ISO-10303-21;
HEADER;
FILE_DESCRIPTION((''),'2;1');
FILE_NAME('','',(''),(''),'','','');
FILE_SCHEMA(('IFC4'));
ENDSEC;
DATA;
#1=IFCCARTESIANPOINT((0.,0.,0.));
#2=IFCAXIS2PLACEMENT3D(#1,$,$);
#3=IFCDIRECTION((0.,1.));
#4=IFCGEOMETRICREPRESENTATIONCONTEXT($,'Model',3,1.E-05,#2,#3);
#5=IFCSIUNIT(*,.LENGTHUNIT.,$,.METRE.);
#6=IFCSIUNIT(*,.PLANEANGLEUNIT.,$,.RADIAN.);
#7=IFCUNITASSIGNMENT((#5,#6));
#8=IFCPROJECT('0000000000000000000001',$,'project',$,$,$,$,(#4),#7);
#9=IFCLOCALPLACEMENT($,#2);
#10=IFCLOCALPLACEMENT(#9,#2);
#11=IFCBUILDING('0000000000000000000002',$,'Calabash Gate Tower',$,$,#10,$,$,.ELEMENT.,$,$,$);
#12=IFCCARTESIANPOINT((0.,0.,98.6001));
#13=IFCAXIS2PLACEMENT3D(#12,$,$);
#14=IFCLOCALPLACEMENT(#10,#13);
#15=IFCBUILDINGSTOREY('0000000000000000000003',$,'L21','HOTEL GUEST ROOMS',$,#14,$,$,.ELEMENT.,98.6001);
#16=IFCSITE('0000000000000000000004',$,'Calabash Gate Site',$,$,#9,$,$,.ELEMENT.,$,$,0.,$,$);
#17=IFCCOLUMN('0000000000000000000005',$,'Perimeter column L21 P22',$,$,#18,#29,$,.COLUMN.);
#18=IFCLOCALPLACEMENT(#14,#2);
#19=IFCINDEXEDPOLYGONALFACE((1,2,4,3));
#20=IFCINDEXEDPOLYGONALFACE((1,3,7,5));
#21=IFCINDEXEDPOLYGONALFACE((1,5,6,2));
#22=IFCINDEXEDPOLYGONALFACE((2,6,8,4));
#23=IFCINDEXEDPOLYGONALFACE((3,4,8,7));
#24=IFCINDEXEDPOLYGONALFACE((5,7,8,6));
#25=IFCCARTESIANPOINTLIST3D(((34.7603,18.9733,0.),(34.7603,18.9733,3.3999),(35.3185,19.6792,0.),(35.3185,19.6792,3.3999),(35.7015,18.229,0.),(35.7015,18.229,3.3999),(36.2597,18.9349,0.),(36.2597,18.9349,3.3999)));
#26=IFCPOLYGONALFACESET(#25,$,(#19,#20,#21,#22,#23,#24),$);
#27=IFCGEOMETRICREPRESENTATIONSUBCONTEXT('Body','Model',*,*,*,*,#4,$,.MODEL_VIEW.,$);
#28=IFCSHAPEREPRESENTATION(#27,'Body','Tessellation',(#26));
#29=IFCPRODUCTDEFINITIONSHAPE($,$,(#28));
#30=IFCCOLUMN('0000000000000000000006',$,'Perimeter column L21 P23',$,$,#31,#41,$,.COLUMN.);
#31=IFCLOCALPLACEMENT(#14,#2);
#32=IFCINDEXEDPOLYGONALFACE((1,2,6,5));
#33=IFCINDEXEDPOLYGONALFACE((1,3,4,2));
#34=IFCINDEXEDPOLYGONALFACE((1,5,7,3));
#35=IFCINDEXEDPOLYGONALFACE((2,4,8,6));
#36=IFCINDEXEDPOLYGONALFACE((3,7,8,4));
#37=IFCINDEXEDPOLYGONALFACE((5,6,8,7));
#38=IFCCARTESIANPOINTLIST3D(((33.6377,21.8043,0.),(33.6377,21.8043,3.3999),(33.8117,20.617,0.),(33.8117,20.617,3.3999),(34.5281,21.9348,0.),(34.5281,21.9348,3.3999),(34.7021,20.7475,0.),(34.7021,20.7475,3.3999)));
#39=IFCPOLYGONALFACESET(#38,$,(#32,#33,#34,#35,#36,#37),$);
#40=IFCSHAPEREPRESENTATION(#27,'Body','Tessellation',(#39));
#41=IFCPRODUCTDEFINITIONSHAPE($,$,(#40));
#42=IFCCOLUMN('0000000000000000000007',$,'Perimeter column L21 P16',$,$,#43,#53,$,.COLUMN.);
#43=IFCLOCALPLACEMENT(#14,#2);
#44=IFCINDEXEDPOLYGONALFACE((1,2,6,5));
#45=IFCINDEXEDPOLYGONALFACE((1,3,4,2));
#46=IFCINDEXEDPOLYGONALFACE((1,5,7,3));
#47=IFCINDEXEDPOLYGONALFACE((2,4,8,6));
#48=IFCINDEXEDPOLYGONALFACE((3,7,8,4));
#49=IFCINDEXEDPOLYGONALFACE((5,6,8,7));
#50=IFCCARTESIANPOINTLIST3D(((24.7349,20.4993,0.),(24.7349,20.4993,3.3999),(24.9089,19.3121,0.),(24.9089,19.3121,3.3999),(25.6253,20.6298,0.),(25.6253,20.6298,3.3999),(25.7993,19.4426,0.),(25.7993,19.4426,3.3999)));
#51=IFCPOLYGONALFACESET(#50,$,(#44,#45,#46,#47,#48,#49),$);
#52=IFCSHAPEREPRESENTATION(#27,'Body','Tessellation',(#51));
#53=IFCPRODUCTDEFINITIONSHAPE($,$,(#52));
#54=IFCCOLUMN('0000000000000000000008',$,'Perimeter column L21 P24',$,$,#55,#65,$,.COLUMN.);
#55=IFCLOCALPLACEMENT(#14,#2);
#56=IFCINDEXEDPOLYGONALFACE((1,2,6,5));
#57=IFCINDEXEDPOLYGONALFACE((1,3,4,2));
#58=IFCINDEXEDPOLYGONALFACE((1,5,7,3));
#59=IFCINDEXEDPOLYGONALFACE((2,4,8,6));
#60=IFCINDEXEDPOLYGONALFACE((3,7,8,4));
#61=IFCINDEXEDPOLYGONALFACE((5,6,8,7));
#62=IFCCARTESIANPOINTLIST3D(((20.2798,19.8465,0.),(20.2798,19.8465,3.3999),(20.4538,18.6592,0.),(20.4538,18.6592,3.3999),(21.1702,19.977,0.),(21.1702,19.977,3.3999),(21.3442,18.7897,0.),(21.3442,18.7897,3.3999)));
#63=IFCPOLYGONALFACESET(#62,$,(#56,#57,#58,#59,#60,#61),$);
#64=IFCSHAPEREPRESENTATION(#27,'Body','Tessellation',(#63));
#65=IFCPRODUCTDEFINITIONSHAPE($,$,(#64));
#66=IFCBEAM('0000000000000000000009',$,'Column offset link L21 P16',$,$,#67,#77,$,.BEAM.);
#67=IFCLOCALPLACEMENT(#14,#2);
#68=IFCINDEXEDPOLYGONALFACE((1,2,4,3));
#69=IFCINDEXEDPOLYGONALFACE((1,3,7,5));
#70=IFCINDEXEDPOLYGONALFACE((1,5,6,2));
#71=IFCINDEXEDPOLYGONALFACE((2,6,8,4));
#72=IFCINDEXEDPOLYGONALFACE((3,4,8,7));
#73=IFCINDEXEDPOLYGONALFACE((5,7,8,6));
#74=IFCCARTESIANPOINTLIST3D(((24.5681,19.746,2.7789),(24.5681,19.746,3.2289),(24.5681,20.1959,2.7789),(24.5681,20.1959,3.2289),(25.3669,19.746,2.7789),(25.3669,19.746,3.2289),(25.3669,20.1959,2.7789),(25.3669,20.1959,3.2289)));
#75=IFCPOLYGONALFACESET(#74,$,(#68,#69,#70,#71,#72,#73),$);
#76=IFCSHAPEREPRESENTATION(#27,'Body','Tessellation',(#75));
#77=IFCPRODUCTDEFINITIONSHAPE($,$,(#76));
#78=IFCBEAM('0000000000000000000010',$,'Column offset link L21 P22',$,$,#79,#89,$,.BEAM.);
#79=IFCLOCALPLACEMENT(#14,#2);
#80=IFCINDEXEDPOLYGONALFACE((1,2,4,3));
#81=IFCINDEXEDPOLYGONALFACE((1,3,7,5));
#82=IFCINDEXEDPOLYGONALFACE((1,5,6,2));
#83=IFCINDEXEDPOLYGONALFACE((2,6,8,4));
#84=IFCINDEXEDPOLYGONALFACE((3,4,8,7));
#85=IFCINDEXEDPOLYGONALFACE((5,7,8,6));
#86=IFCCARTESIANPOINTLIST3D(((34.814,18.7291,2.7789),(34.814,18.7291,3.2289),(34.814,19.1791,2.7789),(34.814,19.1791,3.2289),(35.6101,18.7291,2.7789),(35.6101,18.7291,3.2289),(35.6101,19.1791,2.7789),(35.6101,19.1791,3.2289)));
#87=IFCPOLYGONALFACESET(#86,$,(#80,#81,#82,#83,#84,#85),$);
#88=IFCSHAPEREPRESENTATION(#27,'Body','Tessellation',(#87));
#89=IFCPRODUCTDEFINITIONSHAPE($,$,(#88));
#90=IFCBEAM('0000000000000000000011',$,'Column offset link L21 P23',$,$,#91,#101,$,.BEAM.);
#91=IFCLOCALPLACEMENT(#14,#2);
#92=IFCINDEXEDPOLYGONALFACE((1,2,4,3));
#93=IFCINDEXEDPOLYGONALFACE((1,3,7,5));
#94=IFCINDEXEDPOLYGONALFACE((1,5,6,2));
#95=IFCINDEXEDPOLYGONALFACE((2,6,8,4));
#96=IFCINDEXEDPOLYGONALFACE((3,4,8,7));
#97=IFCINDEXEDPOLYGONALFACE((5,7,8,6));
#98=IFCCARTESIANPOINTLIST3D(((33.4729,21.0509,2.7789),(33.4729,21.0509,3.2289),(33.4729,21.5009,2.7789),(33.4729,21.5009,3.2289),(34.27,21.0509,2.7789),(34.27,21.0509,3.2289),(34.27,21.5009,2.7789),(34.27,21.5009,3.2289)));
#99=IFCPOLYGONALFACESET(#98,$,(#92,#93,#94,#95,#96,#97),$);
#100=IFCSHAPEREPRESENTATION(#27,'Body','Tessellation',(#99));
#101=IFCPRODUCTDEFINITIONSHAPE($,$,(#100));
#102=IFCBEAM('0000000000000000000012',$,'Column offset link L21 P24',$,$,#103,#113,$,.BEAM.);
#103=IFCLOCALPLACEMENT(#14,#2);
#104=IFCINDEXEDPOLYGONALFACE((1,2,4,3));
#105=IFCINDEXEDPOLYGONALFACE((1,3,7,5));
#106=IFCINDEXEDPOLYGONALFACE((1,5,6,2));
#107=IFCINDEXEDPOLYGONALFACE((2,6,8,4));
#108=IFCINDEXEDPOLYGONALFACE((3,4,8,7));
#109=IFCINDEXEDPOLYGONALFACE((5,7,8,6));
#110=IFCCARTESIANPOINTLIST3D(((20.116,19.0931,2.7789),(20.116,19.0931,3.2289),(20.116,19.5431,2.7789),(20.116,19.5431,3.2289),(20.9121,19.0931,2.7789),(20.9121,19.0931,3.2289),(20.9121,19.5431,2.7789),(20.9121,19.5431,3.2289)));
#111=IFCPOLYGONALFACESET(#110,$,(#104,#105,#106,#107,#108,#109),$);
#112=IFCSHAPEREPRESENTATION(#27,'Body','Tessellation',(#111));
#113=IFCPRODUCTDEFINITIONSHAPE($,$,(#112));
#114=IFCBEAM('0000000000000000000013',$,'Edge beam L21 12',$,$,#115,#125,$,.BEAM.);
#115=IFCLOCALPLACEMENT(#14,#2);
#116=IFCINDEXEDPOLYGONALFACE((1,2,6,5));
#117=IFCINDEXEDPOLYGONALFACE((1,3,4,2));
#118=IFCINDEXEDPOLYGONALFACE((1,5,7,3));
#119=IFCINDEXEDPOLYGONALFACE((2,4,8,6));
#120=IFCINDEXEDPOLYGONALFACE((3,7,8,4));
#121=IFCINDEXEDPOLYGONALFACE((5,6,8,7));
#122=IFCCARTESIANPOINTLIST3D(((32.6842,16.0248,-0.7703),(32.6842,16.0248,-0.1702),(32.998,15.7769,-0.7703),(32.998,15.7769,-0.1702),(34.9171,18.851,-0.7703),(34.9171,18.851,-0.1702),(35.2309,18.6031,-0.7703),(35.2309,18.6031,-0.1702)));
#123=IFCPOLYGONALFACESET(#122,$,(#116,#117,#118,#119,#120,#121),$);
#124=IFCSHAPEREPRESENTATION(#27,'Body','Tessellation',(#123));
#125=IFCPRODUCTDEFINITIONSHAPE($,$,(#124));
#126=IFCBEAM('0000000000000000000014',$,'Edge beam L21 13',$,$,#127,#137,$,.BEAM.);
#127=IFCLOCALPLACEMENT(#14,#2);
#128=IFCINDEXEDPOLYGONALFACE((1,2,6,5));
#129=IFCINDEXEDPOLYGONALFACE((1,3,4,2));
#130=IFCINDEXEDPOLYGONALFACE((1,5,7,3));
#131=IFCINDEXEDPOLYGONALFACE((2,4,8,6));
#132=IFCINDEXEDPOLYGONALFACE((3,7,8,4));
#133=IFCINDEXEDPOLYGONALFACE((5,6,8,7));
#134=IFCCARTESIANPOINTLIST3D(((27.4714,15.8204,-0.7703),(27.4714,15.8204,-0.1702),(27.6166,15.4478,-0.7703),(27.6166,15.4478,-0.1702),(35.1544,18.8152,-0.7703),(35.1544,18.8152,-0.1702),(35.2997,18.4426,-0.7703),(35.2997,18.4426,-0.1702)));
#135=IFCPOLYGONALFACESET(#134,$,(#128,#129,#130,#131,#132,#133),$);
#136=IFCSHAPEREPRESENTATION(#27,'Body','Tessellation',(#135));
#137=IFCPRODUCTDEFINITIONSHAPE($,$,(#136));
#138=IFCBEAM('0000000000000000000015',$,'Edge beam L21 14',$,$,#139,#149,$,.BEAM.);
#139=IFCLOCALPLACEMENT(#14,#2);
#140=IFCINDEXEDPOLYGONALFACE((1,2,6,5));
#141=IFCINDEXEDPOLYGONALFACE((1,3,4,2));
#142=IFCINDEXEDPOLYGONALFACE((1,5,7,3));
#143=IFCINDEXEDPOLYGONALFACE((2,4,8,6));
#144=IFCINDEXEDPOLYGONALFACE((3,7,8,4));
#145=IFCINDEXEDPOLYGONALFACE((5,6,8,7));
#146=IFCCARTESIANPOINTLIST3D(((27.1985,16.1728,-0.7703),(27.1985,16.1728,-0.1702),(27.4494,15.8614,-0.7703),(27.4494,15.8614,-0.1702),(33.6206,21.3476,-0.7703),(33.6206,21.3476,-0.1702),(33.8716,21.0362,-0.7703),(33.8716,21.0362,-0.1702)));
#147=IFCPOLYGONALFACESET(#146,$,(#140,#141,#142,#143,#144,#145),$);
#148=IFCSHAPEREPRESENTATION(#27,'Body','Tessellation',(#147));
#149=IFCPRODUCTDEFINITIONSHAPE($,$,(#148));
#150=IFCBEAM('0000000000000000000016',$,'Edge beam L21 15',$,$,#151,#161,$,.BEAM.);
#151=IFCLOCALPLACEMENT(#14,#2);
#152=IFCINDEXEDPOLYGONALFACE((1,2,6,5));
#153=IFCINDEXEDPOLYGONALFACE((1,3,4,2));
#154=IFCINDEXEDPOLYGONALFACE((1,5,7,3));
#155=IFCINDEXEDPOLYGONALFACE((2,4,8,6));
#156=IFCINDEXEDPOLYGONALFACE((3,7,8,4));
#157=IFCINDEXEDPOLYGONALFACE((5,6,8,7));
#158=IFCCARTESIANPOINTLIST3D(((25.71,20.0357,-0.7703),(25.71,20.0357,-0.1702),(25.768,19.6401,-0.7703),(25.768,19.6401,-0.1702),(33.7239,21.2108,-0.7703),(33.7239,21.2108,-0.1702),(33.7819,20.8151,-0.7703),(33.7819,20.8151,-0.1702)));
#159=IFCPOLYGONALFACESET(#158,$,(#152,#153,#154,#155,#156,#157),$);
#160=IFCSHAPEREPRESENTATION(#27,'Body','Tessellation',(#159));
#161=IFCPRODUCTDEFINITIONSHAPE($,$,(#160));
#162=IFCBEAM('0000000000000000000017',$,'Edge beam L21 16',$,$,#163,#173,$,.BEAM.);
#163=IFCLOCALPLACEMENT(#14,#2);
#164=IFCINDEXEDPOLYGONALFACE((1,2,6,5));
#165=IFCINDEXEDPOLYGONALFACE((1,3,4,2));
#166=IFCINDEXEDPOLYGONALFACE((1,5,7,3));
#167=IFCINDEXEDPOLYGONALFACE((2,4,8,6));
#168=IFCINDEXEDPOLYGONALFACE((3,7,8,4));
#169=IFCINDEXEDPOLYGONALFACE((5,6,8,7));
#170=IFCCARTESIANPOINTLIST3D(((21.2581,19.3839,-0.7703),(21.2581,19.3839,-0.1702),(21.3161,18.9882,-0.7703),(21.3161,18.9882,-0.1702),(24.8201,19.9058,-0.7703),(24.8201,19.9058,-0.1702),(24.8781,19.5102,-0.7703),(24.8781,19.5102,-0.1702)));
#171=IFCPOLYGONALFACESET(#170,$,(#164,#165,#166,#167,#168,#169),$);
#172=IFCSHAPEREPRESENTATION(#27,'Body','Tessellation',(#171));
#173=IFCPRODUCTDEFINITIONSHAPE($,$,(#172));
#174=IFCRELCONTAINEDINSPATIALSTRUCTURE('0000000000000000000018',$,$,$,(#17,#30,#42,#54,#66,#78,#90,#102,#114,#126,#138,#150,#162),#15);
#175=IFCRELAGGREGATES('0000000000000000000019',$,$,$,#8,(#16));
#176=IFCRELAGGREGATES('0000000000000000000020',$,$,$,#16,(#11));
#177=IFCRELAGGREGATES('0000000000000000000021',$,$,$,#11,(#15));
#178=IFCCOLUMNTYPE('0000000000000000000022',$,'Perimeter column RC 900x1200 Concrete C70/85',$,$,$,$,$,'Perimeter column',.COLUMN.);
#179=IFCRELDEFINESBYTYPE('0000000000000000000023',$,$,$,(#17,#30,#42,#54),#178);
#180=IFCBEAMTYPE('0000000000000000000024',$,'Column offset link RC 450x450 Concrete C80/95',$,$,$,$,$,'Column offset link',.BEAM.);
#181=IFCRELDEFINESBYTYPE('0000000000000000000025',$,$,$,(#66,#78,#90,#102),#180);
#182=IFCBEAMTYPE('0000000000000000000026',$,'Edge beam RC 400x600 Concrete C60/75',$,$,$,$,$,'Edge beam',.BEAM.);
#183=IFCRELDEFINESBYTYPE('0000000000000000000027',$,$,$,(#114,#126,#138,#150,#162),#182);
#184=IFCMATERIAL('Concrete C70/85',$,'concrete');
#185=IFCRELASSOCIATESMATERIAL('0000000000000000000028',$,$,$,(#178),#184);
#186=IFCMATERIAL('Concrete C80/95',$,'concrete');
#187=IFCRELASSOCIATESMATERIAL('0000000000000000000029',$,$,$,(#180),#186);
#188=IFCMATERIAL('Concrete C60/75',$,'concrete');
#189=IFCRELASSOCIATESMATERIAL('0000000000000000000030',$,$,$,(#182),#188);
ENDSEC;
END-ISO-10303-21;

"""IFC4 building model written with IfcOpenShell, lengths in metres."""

from ifc_helpers import new_model, si_unit, direction, frame, origin, origin_2d, place, context, subcontext, project, spatial, rectangle, extrude, material, material_profile, profile_set, type_object, element, save


model = new_model("IFC4")

# Units and contexts
model_context = context("Model", 3, precision=1e-05, world=origin(), true_north=direction((0.0, 1.0)))
body_context = subcontext(model_context, "Body", "Model", "MODEL_VIEW")
ifc_project = project(units=[si_unit("LENGTHUNIT", "METRE"), si_unit("PLANEANGLEUNIT", "RADIAN")], contexts=[model_context])

# Site, building, storey
site_placement = place(None, origin())
site = spatial("IfcSite", under=ifc_project, at=site_placement, Name="Calabash Gate Site", CompositionType="ELEMENT", RefElevation=0.0)
building_placement = place(site_placement, origin())
building = spatial("IfcBuilding", under=site, at=building_placement, Name="Calabash Gate Tower", CompositionType="ELEMENT")
storey_placement = place(building_placement, frame((0.0, 0.0, 98.6001)))
storey = spatial("IfcBuildingStorey", under=building, at=storey_placement, Name="L21", Description="HOTEL GUEST ROOMS", CompositionType="ELEMENT", Elevation=98.6001)

# Columns
ifc_material_1 = material(Name="Concrete C70/85", Category="concrete")
ifc_material_profile_1 = material_profile(ifc_material_1, rectangle(XDim=0.8999, YDim=1.2, at=origin_2d()))
ifc_profile_set_1 = profile_set([ifc_material_profile_1], Name="Concrete C70/85")
column_type = type_object("IfcColumnType", Name="Perimeter column RC 900x1200 Concrete C70/85", ElementType="Perimeter column", PredefinedType="COLUMN", material=ifc_profile_set_1)
for number, where, z_axis, x_axis, name in (
    (1, (35.51, 18.9541, 0.0), (0.0, 0.0, 1.0), (0.620301, 0.784364, 0.0), "Perimeter column L21 P22"),
    (2, (34.1699, 21.2759, 0.0), (0.0, 0.0, 1.0), (-0.98943, -0.145015, 0.0), "Perimeter column L21 P23"),
    (3, (25.2671, 19.9709, 0.0), (0.0, 0.0, 1.0), (-0.98943, -0.145015, 0.0), "Perimeter column L21 P16"),
    (4, (20.812, 19.3181, 0.0), (0.0, 0.0, 1.0), (-0.98943, -0.145015, 0.0), "Perimeter column L21 P24"),
):
    element("IfcColumn", number, at=place(storey_placement, frame(where, z_axis=z_axis, x_axis=x_axis)), inside=storey, type_object=column_type, Name=name, PredefinedType="COLUMN", context=body_context, shape_type="SweptSolid", body=[
        extrude(rectangle(XDim=0.8999, YDim=1.2, at=origin_2d()), origin(), (0.0, 0.0, 1.0), 3.3999),
    ])

# Beams
ifc_material_2 = material(Name="Concrete C80/95", Category="concrete")
ifc_material_profile_2 = material_profile(ifc_material_2, rectangle(XDim=0.45, YDim=0.45, at=origin_2d()))
ifc_profile_set_2 = profile_set([ifc_material_profile_2], Name="Concrete C80/95")
beam_type_1 = type_object("IfcBeamType", Name="Column offset link RC 450x450 Concrete C80/95", ElementType="Column offset link", PredefinedType="BEAM", material=ifc_profile_set_2)
beam_1_placement = place(storey_placement, frame((25.3669, 19.9709, 3.0039), z_axis=(-1.0, 0.0, 0.0), x_axis=(0.0, -1.0, 0.0)))
element("IfcBeam", 5, at=beam_1_placement, inside=storey, type_object=beam_type_1, Name="Column offset link L21 P16", PredefinedType="BEAM", context=body_context, shape_type="SweptSolid", body=[
    extrude(rectangle(XDim=0.45, YDim=0.45, at=origin_2d()), origin(), (0.0, 0.0, 1.0), 0.7988),
])
beam_2_placement = place(storey_placement, frame((35.6101, 18.9541, 3.0039), z_axis=(-1.0, 0.0, 0.0), x_axis=(0.0, -1.0, 0.0)))
element("IfcBeam", 6, at=beam_2_placement, inside=storey, type_object=beam_type_1, Name="Column offset link L21 P22", PredefinedType="BEAM", context=body_context, shape_type="SweptSolid", body=[
    extrude(rectangle(XDim=0.45, YDim=0.45, at=origin_2d()), origin(), (0.0, 0.0, 1.0), 0.7961),
])
beam_3_placement = place(storey_placement, frame((34.27, 21.2759, 3.0039), z_axis=(-1.0, 0.0, 0.0), x_axis=(0.0, -1.0, 0.0)))
element("IfcBeam", 7, at=beam_3_placement, inside=storey, type_object=beam_type_1, Name="Column offset link L21 P23", PredefinedType="BEAM", context=body_context, shape_type="SweptSolid", body=[
    extrude(rectangle(XDim=0.45, YDim=0.45, at=origin_2d()), origin(), (0.0, 0.0, 1.0), 0.7971),
])
beam_4_placement = place(storey_placement, frame((20.9121, 19.3181, 3.0039), z_axis=(-1.0, 0.0, 0.0), x_axis=(0.0, -1.0, 0.0)))
element("IfcBeam", 8, at=beam_4_placement, inside=storey, type_object=beam_type_1, Name="Column offset link L21 P24", PredefinedType="BEAM", context=body_context, shape_type="SweptSolid", body=[
    extrude(rectangle(XDim=0.45, YDim=0.45, at=origin_2d()), origin(), (0.0, 0.0, 1.0), 0.7961),
])
ifc_material_3 = material(Name="Concrete C60/75", Category="concrete")
ifc_material_profile_3 = material_profile(ifc_material_3, rectangle(XDim=0.3999, YDim=0.6001, at=origin_2d()))
ifc_profile_set_3 = profile_set([ifc_material_profile_3], Name="Concrete C60/75")
beam_type_2 = type_object("IfcBeamType", Name="Edge beam RC 400x600 Concrete C60/75", ElementType="Edge beam", PredefinedType="BEAM", material=ifc_profile_set_3)
beam_5_placement = place(storey_placement, frame((32.8411, 15.9009, -0.4702), z_axis=(0.619939, 0.78465, 0.0), x_axis=(-0.78465, 0.619939, 0.0)))
element("IfcBeam", 9, at=beam_5_placement, inside=storey, type_object=beam_type_2, Name="Edge beam L21 12", PredefinedType="BEAM", context=body_context, shape_type="SweptSolid", body=[
    extrude(rectangle(XDim=0.3999, YDim=0.6001, at=origin_2d()), origin(), (0.0, 0.0, 1.0), 3.6018),
])
beam_6_placement = place(storey_placement, frame((35.2271, 18.6289, -0.4702), z_axis=(-0.931718, -0.363183, 0.0), x_axis=(0.363183, -0.931718, 0.0)))
element("IfcBeam", 10, at=beam_6_placement, inside=storey, type_object=beam_type_2, Name="Edge beam L21 13", PredefinedType="BEAM", context=body_context, shape_type="SweptSolid", body=[
    extrude(rectangle(XDim=0.3999, YDim=0.6001, at=origin_2d()), origin(), (0.0, 0.0, 1.0), 8.2461),
])
beam_7_placement = place(storey_placement, frame((27.324, 16.0171, -0.4702), z_axis=(0.778669, 0.627435, 0.0), x_axis=(-0.627435, 0.778669, 0.0)))
element("IfcBeam", 11, at=beam_7_placement, inside=storey, type_object=beam_type_2, Name="Edge beam L21 14", PredefinedType="BEAM", context=body_context, shape_type="SweptSolid", body=[
    extrude(rectangle(XDim=0.3999, YDim=0.6001, at=origin_2d()), origin(), (0.0, 0.0, 1.0), 8.2476),
])
beam_8_placement = place(storey_placement, frame((33.7529, 21.0129, -0.4702), z_axis=(-0.989421, -0.145075, 0.0), x_axis=(0.145075, -0.989421, 0.0)))
element("IfcBeam", 12, at=beam_8_placement, inside=storey, type_object=beam_type_2, Name="Edge beam L21 15", PredefinedType="BEAM", context=body_context, shape_type="SweptSolid", body=[
    extrude(rectangle(XDim=0.3999, YDim=0.6001, at=origin_2d()), origin(), (0.0, 0.0, 1.0), 8.0996),
])
beam_9_placement = place(storey_placement, frame((24.8491, 19.708, -0.4702), z_axis=(-0.989433, -0.14499, 0.0), x_axis=(0.14499, -0.989433, 0.0)))
element("IfcBeam", 13, at=beam_9_placement, inside=storey, type_object=beam_type_2, Name="Edge beam L21 16", PredefinedType="BEAM", context=body_context, shape_type="SweptSolid", body=[
    extrude(rectangle(XDim=0.3999, YDim=0.6001, at=origin_2d()), origin(), (0.0, 0.0, 1.0), 3.6001),
])

save(model, "model.ifc")
